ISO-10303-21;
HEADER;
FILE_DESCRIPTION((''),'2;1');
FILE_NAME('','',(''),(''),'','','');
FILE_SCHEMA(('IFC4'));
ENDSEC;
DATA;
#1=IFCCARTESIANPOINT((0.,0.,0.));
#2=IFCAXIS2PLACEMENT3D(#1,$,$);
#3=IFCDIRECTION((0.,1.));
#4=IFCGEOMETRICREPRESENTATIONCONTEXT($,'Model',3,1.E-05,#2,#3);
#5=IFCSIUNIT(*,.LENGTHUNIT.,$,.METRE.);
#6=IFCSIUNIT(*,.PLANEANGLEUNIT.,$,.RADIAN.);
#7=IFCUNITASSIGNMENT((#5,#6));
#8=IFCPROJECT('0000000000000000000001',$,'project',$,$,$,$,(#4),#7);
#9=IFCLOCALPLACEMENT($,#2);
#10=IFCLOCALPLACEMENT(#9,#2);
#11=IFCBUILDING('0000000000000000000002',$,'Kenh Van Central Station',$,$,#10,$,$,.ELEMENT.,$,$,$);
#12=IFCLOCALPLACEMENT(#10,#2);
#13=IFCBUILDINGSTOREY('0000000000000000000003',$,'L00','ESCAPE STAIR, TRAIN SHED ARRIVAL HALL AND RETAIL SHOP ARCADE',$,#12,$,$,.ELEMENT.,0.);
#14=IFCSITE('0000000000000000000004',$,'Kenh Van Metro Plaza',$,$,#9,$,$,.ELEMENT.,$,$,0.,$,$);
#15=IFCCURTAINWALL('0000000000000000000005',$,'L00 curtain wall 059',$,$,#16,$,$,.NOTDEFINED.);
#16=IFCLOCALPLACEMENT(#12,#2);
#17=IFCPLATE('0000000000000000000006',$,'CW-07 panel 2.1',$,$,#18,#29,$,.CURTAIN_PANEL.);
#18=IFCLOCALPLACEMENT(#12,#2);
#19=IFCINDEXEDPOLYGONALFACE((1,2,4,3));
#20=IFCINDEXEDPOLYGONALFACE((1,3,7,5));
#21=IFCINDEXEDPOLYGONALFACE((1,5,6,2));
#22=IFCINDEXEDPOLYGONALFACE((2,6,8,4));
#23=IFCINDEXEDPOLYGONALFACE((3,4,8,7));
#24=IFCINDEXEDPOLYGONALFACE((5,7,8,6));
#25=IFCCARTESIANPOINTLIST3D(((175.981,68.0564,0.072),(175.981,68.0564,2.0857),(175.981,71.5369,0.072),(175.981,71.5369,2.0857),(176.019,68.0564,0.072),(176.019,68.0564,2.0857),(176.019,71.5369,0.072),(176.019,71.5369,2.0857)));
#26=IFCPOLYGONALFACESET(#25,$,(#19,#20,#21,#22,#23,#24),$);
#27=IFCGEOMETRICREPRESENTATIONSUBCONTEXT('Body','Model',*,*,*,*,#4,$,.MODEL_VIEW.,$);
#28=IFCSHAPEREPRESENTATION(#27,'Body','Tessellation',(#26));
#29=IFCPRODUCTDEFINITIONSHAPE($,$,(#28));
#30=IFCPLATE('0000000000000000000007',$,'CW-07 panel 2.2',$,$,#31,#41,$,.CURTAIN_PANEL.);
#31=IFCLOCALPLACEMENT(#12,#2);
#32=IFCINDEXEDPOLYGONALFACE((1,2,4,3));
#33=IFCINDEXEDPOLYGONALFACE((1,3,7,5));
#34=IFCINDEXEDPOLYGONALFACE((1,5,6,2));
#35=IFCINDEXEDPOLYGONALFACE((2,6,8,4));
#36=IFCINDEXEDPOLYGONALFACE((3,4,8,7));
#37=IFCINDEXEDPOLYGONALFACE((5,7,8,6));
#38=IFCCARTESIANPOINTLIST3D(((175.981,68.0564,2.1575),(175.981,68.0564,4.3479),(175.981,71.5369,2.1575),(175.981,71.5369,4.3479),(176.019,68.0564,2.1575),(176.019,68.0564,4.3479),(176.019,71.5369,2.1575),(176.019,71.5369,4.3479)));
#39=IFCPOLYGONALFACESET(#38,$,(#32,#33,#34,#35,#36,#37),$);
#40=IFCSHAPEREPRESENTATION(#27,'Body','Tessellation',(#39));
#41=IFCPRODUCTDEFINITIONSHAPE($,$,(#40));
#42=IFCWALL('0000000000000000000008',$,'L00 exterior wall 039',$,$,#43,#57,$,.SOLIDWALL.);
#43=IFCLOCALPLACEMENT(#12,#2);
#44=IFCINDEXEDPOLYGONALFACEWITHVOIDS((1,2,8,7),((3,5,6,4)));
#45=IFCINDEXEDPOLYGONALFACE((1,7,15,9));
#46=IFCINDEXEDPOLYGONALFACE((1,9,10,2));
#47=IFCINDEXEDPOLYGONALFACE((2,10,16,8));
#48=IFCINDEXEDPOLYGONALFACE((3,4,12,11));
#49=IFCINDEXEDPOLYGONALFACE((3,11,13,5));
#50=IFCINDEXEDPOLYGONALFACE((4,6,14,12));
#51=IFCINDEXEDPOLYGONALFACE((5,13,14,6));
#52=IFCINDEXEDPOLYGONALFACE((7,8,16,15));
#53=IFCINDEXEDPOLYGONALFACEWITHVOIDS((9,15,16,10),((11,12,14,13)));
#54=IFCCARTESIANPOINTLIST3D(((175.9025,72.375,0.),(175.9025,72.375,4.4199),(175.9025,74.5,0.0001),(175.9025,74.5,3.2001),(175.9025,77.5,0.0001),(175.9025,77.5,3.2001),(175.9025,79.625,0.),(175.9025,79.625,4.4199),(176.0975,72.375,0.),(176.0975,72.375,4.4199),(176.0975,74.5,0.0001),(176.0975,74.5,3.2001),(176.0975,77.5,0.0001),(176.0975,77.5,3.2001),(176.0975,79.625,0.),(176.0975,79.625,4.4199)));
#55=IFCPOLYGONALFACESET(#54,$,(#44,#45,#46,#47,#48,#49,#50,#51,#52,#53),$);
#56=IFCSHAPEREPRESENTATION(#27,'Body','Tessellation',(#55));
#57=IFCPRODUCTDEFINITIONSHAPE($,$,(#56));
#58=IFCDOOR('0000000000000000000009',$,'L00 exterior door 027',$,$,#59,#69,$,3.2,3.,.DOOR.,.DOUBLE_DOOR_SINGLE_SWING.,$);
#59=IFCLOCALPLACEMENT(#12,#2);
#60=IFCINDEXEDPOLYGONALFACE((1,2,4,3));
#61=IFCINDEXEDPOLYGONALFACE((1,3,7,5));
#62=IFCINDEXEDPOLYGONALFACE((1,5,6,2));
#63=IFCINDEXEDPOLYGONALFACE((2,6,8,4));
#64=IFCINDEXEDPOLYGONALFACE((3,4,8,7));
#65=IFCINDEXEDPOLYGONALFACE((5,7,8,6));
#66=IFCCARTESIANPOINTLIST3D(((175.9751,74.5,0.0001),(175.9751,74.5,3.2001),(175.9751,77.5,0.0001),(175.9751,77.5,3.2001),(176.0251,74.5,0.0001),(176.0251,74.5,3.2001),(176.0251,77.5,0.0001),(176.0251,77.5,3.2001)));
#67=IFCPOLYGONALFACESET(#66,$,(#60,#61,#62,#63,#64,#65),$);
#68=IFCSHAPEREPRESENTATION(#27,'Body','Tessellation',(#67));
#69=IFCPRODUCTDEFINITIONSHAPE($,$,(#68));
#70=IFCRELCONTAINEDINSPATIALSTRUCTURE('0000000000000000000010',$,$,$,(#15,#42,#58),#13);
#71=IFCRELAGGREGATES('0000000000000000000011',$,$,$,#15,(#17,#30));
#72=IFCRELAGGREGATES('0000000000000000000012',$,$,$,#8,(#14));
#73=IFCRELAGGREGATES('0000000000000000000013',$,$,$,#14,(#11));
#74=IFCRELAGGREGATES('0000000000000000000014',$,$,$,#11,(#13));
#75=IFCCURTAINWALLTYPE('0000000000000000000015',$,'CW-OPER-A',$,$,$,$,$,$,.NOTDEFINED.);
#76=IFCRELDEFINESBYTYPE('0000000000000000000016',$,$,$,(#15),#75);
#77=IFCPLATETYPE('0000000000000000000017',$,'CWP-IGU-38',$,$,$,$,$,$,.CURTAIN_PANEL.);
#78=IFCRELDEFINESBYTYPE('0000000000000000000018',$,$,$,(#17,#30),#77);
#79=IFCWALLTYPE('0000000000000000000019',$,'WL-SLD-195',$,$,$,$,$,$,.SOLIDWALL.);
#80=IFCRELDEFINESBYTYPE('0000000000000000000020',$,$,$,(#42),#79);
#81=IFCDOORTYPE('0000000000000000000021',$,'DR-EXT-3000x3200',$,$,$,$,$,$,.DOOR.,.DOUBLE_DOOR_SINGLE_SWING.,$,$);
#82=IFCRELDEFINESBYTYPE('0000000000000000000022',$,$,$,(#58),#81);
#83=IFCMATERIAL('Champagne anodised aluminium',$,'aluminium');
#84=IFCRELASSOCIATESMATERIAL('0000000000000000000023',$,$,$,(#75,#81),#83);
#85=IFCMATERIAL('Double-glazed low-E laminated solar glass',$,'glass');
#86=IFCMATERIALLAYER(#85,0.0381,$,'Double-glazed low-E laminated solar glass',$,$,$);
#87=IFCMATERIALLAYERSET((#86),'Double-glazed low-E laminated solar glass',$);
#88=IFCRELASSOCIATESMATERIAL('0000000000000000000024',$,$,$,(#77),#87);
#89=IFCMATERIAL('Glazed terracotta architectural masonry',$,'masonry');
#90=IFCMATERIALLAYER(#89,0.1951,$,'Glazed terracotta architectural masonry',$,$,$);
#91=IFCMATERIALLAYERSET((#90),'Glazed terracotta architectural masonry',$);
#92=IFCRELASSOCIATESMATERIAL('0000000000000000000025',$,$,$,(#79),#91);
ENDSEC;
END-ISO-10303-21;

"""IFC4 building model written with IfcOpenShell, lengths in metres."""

from ifc_helpers import new_model, si_unit, direction, frame, frame_2d, origin, origin_2d, place, context, subcontext, project, spatial, rectangle, extrude, material, layer, layer_set, type_object, element, fill, aggregate, save


model = new_model("IFC4")

# Units and contexts
model_context = context("Model", 3, precision=1e-05, world=origin(), true_north=direction((0.0, 1.0)))
body_context = subcontext(model_context, "Body", "Model", "MODEL_VIEW")
ifc_project = project(units=[si_unit("LENGTHUNIT", "METRE"), si_unit("PLANEANGLEUNIT", "RADIAN")], contexts=[model_context])

# Site, building, storey
site_placement = place(None, origin())
site = spatial("IfcSite", under=ifc_project, at=site_placement, Name="Kenh Van Metro Plaza", CompositionType="ELEMENT", RefElevation=0.0)
building_placement = place(site_placement, origin())
building = spatial("IfcBuilding", under=site, at=building_placement, Name="Kenh Van Central Station", CompositionType="ELEMENT")
storey_placement = place(building_placement, origin())
storey = spatial("IfcBuildingStorey", under=building, at=storey_placement, Name="L00", Description="ESCAPE STAIR, TRAIN SHED ARRIVAL HALL AND RETAIL SHOP ARCADE", CompositionType="ELEMENT", Elevation=0.0)

# Curtain wall
ifc_material_1 = material(Name="Champagne anodised aluminium", Category="aluminium")
curtain_wall_type = type_object("IfcCurtainWallType", Name="CW-OPER-A", PredefinedType="NOTDEFINED", material=ifc_material_1)
curtain_wall_1_placement = place(storey_placement, origin())
curtain_wall_1 = element("IfcCurtainWall", 1, at=curtain_wall_1_placement, inside=storey, type_object=curtain_wall_type, Name="L00 curtain wall 059", PredefinedType="NOTDEFINED")

# Plates
ifc_material_2 = material(Name="Double-glazed low-E laminated solar glass", Category="glass")
ifc_layer_1 = layer(ifc_material_2, 0.0381, Name="Double-glazed low-E laminated solar glass")
ifc_layer_set_1 = layer_set([ifc_layer_1], Name="Double-glazed low-E laminated solar glass")
plate_type = type_object("IfcPlateType", Name="CWP-IGU-38", PredefinedType="CURTAIN_PANEL", material=ifc_layer_set_1)
plate_1_placement = place(storey_placement, frame((176.0, 69.7966, 0.072), z_axis=(0.0, 0.0, 1.0), x_axis=(0.0, 1.0, 0.0)))
plate_1 = element("IfcPlate", 2, at=plate_1_placement, type_object=plate_type, Name="CW-07 panel 2.1", PredefinedType="CURTAIN_PANEL", context=body_context, shape_type="SweptSolid", body=[
    extrude(rectangle(XDim=3.4805, YDim=0.0381, at=origin_2d()), origin(), (0.0, 0.0, 1.0), 2.0137),
])
plate_2_placement = place(storey_placement, frame((176.0, 69.7966, 2.1575), z_axis=(0.0, 0.0, 1.0), x_axis=(0.0, 1.0, 0.0)))
plate_2 = element("IfcPlate", 3, at=plate_2_placement, type_object=plate_type, Name="CW-07 panel 2.2", PredefinedType="CURTAIN_PANEL", context=body_context, shape_type="SweptSolid", body=[
    extrude(rectangle(XDim=3.4805, YDim=0.0381, at=origin_2d()), origin(), (0.0, 0.0, 1.0), 2.1904),
])
aggregate(curtain_wall_1, [plate_1, plate_2])

# Wall, opening, door
ifc_material_3 = material(Name="Glazed terracotta architectural masonry", Category="masonry")
ifc_layer_2 = layer(ifc_material_3, 0.1951, Name="Glazed terracotta architectural masonry")
ifc_layer_set_2 = layer_set([ifc_layer_2], Name="Glazed terracotta architectural masonry")
wall_type = type_object("IfcWallType", Name="WL-SLD-195", PredefinedType="SOLIDWALL", material=ifc_layer_set_2)
wall_placement = place(storey_placement, frame((176.0, 72.375, 0.0), z_axis=(0.0, 0.0, 1.0), x_axis=(0.0, 1.0, 0.0)))
wall = element("IfcWall", 4, at=wall_placement, inside=storey, type_object=wall_type, Name="L00 exterior wall 039", PredefinedType="SOLIDWALL", context=body_context, shape_type="SweptSolid", body=[
    extrude(rectangle(XDim=7.25, YDim=0.1951, at=frame_2d((3.625, 0.0))), origin(), (0.0, 0.0, 1.0), 4.4199),
])
opening_placement = place(wall_placement, frame((2.125, 0.0, 0.0)))
opening = element("IfcOpeningElement", 5, at=opening_placement, cuts=wall, PredefinedType="OPENING", context=body_context, shape_type="SweptSolid", body=[
    extrude(rectangle(XDim=3.0, YDim=3.2, at=frame_2d((1.5, 1.6001))), frame((0.0, 0.1074, 0.0), z_axis=(0.0, -1.0, 0.0), x_axis=(1.0, 0.0, 0.0)), (0.0, 0.0, 1.0), 0.2151),
])
door_type = type_object("IfcDoorType", Name="DR-EXT-3000x3200", OperationType="DOUBLE_DOOR_SINGLE_SWING", PredefinedType="DOOR", material=ifc_material_1)
door_placement = place(opening_placement, frame((3.0, 0.0, 0.0), z_axis=(0.0, 0.0, 1.0), x_axis=(-1.0, 0.0, 0.0)))
door = element("IfcDoor", 6, at=door_placement, inside=storey, type_object=door_type, Name="L00 exterior door 027", OperationType="DOUBLE_DOOR_SINGLE_SWING", OverallHeight=3.2, OverallWidth=3.0, PredefinedType="DOOR", context=body_context, shape_type="SweptSolid", body=[
    extrude(rectangle(XDim=3.0, YDim=3.2, at=frame_2d((-1.5, 1.6001))), frame((0.0, -0.0249, 0.0), z_axis=(0.0, 1.0, 0.0), x_axis=(-1.0, 0.0, 0.0)), (0.0, 0.0, 1.0), 0.05),
])
fill(opening, door)

save(model, "model.ifc")
